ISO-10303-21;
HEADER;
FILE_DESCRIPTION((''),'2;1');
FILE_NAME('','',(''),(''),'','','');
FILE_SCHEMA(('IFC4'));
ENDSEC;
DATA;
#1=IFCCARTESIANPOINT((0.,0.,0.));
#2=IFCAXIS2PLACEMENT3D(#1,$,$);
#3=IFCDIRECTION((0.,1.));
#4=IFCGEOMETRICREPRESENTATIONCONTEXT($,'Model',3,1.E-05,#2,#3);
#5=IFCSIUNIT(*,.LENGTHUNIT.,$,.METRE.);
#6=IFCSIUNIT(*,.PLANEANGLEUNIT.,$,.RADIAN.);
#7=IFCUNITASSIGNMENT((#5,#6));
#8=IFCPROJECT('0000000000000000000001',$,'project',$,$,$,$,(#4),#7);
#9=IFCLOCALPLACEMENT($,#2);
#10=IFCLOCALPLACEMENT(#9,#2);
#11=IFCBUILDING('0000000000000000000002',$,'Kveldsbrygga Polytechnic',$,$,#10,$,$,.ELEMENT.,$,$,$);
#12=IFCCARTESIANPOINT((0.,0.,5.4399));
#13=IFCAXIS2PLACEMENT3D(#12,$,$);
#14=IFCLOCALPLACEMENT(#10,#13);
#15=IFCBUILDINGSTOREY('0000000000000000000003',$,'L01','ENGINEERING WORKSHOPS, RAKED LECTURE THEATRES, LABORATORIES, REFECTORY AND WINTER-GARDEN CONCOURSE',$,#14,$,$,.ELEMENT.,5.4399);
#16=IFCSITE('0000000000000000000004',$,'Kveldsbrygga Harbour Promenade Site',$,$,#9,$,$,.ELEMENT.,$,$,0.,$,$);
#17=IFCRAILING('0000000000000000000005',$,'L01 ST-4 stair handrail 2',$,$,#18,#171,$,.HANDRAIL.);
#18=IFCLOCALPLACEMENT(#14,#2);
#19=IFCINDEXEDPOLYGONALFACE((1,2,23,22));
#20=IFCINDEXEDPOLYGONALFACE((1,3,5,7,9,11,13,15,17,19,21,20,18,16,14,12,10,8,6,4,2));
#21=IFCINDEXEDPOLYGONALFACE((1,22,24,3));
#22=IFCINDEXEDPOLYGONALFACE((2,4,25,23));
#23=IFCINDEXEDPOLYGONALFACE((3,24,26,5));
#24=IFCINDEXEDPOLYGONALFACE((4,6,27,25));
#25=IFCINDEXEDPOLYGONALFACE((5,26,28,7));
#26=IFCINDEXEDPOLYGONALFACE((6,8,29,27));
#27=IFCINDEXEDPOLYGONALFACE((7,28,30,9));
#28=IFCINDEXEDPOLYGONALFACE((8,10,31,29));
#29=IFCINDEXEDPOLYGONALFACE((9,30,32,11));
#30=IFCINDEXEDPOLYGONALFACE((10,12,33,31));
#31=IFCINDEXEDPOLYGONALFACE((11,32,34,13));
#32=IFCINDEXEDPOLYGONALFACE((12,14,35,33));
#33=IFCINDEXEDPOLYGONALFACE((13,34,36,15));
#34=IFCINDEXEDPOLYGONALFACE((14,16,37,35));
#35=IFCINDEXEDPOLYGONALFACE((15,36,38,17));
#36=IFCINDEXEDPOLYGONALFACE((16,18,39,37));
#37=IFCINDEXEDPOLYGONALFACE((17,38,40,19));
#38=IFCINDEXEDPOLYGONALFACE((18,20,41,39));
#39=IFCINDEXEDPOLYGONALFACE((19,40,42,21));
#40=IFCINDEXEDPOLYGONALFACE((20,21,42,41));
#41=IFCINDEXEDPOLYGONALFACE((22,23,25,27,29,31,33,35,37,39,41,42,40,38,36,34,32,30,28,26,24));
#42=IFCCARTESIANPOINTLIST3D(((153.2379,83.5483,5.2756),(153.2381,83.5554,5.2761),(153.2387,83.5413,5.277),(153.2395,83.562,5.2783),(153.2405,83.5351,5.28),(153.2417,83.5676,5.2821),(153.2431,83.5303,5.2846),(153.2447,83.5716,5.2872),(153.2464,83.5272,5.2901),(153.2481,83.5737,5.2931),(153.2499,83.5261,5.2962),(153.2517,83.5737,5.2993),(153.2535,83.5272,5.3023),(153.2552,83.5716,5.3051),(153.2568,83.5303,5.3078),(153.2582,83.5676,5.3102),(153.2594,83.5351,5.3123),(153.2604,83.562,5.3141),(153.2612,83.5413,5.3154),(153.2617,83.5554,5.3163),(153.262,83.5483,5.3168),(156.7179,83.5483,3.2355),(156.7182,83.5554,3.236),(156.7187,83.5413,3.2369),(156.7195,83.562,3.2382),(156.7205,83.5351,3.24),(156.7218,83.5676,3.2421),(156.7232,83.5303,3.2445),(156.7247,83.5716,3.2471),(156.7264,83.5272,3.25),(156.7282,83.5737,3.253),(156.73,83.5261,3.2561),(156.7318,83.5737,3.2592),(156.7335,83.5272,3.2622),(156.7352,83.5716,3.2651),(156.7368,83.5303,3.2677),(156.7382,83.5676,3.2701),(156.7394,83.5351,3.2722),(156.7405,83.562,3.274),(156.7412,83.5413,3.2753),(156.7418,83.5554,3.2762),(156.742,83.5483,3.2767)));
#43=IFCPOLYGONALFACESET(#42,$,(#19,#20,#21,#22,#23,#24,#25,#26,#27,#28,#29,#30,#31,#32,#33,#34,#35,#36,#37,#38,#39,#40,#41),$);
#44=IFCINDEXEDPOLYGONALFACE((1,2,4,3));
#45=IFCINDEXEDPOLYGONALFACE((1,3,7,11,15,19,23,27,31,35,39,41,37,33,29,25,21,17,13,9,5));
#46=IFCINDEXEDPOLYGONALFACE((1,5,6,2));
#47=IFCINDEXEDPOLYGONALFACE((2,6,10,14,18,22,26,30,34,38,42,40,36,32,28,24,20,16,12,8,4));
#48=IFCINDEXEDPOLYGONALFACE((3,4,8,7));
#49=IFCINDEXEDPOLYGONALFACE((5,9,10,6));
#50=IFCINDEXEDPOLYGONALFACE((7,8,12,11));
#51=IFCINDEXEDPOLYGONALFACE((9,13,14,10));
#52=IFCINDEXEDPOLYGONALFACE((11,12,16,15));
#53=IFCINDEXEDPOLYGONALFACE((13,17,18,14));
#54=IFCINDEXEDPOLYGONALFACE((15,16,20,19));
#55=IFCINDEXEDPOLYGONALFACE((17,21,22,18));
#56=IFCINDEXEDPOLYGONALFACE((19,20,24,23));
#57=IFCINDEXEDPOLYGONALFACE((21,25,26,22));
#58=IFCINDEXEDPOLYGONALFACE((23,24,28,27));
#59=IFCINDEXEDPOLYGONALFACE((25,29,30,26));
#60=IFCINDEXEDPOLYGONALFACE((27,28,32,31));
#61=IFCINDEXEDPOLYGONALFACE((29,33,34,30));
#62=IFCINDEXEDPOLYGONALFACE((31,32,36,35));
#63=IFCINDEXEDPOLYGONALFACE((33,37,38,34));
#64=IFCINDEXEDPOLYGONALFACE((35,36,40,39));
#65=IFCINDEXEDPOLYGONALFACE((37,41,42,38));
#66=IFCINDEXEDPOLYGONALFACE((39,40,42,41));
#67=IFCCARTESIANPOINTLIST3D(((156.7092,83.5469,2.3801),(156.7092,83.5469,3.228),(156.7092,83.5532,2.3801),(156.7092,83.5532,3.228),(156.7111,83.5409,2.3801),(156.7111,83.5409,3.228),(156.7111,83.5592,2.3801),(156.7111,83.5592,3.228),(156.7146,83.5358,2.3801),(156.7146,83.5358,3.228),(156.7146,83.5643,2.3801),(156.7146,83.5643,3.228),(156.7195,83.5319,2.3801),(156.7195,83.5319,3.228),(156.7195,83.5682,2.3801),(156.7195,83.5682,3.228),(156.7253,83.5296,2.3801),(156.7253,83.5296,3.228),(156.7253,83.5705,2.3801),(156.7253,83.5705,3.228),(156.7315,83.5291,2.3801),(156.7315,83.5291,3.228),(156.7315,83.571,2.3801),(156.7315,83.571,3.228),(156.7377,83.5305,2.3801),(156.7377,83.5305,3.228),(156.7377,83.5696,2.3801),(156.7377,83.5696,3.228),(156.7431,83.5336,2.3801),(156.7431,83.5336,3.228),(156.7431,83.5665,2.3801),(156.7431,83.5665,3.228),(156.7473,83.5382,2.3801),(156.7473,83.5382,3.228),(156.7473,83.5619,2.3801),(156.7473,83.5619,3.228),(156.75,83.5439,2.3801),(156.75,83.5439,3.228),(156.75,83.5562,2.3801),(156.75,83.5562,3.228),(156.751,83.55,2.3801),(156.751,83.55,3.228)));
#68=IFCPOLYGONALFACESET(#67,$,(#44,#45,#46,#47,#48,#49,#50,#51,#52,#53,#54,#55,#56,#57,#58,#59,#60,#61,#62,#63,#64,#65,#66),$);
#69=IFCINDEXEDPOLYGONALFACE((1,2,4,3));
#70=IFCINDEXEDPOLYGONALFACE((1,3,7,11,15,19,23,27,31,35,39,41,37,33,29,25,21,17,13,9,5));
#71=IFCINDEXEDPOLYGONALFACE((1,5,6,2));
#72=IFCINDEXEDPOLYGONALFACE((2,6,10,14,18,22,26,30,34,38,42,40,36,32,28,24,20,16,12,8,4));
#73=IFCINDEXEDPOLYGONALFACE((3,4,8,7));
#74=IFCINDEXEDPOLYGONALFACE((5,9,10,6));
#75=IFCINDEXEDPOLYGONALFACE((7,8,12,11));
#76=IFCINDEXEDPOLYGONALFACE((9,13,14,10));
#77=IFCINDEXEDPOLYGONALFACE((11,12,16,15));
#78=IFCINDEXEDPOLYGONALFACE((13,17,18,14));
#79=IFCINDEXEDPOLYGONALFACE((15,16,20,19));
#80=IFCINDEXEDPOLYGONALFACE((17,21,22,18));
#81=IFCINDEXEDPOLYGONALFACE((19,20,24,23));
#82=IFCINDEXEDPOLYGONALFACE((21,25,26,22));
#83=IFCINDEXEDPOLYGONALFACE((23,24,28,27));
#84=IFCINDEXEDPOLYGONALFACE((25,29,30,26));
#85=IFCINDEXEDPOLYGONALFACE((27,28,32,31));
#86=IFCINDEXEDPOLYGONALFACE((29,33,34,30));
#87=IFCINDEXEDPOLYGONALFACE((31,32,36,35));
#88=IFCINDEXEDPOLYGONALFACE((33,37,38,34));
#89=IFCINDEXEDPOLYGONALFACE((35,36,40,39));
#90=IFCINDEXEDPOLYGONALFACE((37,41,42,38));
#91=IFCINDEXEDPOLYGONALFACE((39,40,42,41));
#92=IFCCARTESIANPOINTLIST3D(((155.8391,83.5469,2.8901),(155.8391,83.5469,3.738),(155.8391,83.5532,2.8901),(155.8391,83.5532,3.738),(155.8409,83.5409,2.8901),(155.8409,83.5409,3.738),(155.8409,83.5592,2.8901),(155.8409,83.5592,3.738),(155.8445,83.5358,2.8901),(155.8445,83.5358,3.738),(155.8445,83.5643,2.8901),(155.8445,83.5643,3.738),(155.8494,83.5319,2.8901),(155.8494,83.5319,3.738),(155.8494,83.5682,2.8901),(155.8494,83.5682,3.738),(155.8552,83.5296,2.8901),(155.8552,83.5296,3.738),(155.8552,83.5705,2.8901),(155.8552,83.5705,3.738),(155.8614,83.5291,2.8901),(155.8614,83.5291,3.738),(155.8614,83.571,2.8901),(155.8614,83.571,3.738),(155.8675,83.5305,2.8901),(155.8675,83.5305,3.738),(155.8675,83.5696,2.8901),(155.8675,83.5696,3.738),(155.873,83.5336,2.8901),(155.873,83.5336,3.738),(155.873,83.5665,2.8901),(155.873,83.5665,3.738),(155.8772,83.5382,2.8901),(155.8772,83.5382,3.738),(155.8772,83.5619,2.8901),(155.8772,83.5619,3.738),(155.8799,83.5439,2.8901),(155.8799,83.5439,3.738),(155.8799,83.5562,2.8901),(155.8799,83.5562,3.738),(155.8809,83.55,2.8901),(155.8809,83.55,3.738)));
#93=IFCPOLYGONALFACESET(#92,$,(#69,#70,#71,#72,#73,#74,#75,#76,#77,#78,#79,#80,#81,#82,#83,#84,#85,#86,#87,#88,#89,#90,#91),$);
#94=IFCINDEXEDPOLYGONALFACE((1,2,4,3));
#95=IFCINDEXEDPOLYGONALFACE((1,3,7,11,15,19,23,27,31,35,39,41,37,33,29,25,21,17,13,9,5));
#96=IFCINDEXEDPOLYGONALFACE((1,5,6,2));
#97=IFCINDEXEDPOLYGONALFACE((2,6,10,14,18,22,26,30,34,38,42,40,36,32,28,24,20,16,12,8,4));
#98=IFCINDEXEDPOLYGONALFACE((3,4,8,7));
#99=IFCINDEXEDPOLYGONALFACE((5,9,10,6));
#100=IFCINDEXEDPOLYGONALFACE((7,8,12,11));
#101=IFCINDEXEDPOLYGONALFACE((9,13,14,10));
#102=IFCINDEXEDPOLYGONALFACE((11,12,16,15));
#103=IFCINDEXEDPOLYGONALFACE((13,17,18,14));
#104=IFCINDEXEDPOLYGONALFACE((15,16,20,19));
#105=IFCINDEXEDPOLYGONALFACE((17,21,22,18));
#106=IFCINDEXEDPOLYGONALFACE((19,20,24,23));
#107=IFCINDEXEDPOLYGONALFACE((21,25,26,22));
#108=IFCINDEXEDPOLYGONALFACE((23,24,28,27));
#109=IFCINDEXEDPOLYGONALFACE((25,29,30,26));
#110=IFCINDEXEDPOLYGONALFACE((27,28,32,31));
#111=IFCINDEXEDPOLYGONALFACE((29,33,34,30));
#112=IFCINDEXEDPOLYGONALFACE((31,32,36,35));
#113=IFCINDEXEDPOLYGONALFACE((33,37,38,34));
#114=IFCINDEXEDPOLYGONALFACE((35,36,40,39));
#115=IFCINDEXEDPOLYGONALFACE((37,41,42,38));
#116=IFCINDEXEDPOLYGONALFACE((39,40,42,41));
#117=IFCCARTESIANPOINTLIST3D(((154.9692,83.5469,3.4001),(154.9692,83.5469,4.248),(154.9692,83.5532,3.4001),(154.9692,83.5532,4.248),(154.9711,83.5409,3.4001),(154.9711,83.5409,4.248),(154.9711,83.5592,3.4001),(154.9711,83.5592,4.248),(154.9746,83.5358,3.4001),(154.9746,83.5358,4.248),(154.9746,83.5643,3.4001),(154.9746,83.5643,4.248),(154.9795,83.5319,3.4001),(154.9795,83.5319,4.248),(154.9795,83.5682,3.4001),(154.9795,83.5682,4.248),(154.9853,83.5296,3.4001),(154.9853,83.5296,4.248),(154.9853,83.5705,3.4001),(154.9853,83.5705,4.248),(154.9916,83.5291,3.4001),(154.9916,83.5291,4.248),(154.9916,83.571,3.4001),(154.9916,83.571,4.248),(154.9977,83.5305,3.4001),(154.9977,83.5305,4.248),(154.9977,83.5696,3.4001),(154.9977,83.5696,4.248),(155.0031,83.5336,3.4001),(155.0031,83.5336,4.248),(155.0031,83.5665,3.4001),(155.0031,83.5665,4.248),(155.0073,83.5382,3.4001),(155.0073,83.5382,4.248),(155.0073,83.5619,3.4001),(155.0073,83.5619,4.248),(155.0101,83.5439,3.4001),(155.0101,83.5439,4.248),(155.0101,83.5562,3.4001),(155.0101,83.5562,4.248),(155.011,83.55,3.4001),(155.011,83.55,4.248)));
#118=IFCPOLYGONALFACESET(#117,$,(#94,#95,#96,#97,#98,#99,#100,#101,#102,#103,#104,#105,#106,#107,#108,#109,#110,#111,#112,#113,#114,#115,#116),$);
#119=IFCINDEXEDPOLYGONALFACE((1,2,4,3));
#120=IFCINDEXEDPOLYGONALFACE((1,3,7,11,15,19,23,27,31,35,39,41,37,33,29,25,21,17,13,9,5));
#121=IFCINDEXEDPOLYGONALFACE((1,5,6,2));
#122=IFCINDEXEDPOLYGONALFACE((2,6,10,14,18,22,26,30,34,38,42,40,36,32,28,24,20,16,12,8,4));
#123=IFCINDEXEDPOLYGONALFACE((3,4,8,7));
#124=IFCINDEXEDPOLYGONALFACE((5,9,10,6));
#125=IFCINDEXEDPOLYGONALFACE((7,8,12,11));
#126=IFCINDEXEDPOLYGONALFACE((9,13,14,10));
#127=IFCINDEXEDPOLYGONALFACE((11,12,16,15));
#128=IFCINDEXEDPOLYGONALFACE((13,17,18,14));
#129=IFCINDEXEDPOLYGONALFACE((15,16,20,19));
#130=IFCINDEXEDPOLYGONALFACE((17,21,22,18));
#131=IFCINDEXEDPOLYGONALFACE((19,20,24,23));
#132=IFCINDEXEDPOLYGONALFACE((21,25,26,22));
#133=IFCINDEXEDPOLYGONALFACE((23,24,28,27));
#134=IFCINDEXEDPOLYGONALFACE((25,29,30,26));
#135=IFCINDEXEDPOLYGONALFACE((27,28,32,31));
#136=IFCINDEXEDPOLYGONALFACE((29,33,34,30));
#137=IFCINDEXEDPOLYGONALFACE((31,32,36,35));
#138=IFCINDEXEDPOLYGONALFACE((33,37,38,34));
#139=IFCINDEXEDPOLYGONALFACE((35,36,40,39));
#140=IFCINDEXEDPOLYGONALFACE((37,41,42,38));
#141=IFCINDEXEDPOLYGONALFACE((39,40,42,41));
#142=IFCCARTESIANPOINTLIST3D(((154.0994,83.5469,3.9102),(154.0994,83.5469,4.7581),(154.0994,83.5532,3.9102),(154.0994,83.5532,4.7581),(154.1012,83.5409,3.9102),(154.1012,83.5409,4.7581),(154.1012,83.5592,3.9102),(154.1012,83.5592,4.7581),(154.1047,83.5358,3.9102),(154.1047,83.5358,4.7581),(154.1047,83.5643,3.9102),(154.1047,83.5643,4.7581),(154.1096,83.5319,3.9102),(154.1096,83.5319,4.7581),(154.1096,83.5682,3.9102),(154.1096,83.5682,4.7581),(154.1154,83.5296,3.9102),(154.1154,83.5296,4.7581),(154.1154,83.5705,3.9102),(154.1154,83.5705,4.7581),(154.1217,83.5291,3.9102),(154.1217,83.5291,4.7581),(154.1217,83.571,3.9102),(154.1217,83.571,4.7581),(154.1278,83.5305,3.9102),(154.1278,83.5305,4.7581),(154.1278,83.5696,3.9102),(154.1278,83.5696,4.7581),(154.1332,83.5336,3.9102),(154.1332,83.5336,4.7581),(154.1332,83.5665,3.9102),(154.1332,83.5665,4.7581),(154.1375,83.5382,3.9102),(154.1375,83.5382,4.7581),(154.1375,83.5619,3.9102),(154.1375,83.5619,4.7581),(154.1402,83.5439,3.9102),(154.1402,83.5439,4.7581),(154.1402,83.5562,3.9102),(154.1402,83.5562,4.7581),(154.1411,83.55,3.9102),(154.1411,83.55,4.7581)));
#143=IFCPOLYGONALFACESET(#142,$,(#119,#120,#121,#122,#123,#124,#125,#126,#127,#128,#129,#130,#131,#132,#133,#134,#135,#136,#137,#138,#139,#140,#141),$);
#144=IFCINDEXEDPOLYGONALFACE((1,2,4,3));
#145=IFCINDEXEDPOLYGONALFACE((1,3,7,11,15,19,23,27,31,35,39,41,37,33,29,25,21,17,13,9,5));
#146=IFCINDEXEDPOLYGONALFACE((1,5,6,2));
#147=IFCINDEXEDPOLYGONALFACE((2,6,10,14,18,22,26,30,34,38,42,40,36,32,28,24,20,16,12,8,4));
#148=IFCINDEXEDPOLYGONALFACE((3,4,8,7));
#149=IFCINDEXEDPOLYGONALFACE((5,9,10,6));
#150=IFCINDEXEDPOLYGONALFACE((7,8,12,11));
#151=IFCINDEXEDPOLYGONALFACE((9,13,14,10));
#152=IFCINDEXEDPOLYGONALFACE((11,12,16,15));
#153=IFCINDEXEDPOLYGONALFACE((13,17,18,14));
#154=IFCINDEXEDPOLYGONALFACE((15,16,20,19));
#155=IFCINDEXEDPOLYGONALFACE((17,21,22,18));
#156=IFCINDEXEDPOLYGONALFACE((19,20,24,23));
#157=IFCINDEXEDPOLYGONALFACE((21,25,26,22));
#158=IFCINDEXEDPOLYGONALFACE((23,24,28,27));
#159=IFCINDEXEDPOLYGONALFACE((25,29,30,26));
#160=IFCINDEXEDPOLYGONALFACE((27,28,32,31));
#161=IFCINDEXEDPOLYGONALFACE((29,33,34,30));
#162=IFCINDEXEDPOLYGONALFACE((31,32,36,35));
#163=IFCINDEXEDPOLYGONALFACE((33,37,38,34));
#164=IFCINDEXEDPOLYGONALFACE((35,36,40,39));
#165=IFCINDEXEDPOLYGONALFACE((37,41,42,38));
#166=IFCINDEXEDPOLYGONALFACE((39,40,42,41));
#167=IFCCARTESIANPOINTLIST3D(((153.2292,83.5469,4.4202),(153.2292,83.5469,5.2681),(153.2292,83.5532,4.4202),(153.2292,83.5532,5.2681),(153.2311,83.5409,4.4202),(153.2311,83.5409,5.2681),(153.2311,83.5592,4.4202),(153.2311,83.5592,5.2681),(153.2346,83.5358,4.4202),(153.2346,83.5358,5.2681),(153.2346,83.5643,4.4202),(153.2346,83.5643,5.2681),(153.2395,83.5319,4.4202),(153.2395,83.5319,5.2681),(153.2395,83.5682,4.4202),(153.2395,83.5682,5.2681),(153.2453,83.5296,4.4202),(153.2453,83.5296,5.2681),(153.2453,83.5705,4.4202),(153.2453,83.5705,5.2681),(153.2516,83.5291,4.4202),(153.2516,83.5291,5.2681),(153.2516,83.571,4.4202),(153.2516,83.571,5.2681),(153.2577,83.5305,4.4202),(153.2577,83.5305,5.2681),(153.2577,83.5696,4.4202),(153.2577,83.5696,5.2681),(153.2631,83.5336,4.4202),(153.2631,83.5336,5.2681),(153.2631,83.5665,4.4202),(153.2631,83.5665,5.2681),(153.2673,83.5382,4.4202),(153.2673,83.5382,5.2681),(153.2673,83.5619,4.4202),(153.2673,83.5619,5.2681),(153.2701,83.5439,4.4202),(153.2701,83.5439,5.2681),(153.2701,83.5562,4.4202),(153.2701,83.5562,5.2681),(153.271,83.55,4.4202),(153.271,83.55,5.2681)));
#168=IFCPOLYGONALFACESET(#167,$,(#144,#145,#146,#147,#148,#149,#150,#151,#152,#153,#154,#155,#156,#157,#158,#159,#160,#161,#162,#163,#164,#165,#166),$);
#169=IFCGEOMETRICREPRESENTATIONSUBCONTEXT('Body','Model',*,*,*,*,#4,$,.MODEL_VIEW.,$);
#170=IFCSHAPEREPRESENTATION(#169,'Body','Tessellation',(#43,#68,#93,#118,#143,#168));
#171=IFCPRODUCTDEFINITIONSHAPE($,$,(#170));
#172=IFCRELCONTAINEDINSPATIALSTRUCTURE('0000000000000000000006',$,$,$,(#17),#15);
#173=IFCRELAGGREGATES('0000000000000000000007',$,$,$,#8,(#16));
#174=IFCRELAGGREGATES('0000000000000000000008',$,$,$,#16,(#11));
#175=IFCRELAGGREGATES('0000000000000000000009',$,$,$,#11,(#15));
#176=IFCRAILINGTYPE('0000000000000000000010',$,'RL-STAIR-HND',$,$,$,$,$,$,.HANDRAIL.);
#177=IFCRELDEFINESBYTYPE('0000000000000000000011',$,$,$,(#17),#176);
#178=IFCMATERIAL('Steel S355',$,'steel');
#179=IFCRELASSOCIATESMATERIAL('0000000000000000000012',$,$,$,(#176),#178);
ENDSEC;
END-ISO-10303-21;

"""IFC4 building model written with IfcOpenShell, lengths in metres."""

from ifc_helpers import new_model, si_unit, direction, frame, origin, origin_2d, place, context, subcontext, project, spatial, circle, extrude, material, type_object, element, save


model = new_model("IFC4")

# Units and contexts
model_context = context("Model", 3, precision=1e-05, world=origin(), true_north=direction((0.0, 1.0)))
body_context = subcontext(model_context, "Body", "Model", "MODEL_VIEW")
ifc_project = project(units=[si_unit("LENGTHUNIT", "METRE"), si_unit("PLANEANGLEUNIT", "RADIAN")], contexts=[model_context])

# Site, building, storey
site_placement = place(None, origin())
site = spatial("IfcSite", under=ifc_project, at=site_placement, Name="Kveldsbrygga Harbour Promenade Site", CompositionType="ELEMENT", RefElevation=0.0)
building_placement = place(site_placement, origin())
building = spatial("IfcBuilding", under=site, at=building_placement, Name="Kveldsbrygga Polytechnic", CompositionType="ELEMENT")
storey_placement = place(building_placement, frame((0.0, 0.0, 5.4399)))
storey = spatial("IfcBuildingStorey", under=building, at=storey_placement, Name="L01", Description="ENGINEERING WORKSHOPS, RAKED LECTURE THEATRES, LABORATORIES, REFECTORY AND WINTER-GARDEN CONCOURSE", CompositionType="ELEMENT", Elevation=5.4399)

# Railing
ifc_material_1 = material(Name="Steel S355", Category="steel")
railing_type_1 = type_object("IfcRailingType", Name="RL-STAIR-HND", PredefinedType="HANDRAIL", material=ifc_material_1)
railing_1_placement = place(storey_placement, frame((156.73, 83.55, 2.3801)))
element("IfcRailing", 1, at=railing_1_placement, inside=storey, type_object=railing_type_1, Name="L01 ST-4 stair handrail 2", PredefinedType="HANDRAIL", context=body_context, shape_type="SweptSolid", body=[
    extrude(circle(Radius=0.0239, at=origin_2d()), frame((0.0, 0.0, 0.876), z_axis=(-0.862693, 0.0, 0.505729), x_axis=(0.0, -1.0, 0.0)), (0.0, 0.0, 1.0), 4.0339),
    extrude(circle(Radius=0.021, at=origin_2d()), origin(), (0.0, 0.0, 1.0), 0.8479),
    extrude(circle(Radius=0.021, at=origin_2d()), frame((-0.8701, 0.0, 0.51)), (0.0, 0.0, 1.0), 0.8479),
    extrude(circle(Radius=0.021, at=origin_2d()), frame((-1.74, 0.0, 1.02)), (0.0, 0.0, 1.0), 0.8479),
    extrude(circle(Radius=0.021, at=origin_2d()), frame((-2.6099, 0.0, 1.53)), (0.0, 0.0, 1.0), 0.8479),
    extrude(circle(Radius=0.021, at=origin_2d()), frame((-3.48, 0.0, 2.04)), (0.0, 0.0, 1.0), 0.8479),
])

save(model, "model.ifc")
